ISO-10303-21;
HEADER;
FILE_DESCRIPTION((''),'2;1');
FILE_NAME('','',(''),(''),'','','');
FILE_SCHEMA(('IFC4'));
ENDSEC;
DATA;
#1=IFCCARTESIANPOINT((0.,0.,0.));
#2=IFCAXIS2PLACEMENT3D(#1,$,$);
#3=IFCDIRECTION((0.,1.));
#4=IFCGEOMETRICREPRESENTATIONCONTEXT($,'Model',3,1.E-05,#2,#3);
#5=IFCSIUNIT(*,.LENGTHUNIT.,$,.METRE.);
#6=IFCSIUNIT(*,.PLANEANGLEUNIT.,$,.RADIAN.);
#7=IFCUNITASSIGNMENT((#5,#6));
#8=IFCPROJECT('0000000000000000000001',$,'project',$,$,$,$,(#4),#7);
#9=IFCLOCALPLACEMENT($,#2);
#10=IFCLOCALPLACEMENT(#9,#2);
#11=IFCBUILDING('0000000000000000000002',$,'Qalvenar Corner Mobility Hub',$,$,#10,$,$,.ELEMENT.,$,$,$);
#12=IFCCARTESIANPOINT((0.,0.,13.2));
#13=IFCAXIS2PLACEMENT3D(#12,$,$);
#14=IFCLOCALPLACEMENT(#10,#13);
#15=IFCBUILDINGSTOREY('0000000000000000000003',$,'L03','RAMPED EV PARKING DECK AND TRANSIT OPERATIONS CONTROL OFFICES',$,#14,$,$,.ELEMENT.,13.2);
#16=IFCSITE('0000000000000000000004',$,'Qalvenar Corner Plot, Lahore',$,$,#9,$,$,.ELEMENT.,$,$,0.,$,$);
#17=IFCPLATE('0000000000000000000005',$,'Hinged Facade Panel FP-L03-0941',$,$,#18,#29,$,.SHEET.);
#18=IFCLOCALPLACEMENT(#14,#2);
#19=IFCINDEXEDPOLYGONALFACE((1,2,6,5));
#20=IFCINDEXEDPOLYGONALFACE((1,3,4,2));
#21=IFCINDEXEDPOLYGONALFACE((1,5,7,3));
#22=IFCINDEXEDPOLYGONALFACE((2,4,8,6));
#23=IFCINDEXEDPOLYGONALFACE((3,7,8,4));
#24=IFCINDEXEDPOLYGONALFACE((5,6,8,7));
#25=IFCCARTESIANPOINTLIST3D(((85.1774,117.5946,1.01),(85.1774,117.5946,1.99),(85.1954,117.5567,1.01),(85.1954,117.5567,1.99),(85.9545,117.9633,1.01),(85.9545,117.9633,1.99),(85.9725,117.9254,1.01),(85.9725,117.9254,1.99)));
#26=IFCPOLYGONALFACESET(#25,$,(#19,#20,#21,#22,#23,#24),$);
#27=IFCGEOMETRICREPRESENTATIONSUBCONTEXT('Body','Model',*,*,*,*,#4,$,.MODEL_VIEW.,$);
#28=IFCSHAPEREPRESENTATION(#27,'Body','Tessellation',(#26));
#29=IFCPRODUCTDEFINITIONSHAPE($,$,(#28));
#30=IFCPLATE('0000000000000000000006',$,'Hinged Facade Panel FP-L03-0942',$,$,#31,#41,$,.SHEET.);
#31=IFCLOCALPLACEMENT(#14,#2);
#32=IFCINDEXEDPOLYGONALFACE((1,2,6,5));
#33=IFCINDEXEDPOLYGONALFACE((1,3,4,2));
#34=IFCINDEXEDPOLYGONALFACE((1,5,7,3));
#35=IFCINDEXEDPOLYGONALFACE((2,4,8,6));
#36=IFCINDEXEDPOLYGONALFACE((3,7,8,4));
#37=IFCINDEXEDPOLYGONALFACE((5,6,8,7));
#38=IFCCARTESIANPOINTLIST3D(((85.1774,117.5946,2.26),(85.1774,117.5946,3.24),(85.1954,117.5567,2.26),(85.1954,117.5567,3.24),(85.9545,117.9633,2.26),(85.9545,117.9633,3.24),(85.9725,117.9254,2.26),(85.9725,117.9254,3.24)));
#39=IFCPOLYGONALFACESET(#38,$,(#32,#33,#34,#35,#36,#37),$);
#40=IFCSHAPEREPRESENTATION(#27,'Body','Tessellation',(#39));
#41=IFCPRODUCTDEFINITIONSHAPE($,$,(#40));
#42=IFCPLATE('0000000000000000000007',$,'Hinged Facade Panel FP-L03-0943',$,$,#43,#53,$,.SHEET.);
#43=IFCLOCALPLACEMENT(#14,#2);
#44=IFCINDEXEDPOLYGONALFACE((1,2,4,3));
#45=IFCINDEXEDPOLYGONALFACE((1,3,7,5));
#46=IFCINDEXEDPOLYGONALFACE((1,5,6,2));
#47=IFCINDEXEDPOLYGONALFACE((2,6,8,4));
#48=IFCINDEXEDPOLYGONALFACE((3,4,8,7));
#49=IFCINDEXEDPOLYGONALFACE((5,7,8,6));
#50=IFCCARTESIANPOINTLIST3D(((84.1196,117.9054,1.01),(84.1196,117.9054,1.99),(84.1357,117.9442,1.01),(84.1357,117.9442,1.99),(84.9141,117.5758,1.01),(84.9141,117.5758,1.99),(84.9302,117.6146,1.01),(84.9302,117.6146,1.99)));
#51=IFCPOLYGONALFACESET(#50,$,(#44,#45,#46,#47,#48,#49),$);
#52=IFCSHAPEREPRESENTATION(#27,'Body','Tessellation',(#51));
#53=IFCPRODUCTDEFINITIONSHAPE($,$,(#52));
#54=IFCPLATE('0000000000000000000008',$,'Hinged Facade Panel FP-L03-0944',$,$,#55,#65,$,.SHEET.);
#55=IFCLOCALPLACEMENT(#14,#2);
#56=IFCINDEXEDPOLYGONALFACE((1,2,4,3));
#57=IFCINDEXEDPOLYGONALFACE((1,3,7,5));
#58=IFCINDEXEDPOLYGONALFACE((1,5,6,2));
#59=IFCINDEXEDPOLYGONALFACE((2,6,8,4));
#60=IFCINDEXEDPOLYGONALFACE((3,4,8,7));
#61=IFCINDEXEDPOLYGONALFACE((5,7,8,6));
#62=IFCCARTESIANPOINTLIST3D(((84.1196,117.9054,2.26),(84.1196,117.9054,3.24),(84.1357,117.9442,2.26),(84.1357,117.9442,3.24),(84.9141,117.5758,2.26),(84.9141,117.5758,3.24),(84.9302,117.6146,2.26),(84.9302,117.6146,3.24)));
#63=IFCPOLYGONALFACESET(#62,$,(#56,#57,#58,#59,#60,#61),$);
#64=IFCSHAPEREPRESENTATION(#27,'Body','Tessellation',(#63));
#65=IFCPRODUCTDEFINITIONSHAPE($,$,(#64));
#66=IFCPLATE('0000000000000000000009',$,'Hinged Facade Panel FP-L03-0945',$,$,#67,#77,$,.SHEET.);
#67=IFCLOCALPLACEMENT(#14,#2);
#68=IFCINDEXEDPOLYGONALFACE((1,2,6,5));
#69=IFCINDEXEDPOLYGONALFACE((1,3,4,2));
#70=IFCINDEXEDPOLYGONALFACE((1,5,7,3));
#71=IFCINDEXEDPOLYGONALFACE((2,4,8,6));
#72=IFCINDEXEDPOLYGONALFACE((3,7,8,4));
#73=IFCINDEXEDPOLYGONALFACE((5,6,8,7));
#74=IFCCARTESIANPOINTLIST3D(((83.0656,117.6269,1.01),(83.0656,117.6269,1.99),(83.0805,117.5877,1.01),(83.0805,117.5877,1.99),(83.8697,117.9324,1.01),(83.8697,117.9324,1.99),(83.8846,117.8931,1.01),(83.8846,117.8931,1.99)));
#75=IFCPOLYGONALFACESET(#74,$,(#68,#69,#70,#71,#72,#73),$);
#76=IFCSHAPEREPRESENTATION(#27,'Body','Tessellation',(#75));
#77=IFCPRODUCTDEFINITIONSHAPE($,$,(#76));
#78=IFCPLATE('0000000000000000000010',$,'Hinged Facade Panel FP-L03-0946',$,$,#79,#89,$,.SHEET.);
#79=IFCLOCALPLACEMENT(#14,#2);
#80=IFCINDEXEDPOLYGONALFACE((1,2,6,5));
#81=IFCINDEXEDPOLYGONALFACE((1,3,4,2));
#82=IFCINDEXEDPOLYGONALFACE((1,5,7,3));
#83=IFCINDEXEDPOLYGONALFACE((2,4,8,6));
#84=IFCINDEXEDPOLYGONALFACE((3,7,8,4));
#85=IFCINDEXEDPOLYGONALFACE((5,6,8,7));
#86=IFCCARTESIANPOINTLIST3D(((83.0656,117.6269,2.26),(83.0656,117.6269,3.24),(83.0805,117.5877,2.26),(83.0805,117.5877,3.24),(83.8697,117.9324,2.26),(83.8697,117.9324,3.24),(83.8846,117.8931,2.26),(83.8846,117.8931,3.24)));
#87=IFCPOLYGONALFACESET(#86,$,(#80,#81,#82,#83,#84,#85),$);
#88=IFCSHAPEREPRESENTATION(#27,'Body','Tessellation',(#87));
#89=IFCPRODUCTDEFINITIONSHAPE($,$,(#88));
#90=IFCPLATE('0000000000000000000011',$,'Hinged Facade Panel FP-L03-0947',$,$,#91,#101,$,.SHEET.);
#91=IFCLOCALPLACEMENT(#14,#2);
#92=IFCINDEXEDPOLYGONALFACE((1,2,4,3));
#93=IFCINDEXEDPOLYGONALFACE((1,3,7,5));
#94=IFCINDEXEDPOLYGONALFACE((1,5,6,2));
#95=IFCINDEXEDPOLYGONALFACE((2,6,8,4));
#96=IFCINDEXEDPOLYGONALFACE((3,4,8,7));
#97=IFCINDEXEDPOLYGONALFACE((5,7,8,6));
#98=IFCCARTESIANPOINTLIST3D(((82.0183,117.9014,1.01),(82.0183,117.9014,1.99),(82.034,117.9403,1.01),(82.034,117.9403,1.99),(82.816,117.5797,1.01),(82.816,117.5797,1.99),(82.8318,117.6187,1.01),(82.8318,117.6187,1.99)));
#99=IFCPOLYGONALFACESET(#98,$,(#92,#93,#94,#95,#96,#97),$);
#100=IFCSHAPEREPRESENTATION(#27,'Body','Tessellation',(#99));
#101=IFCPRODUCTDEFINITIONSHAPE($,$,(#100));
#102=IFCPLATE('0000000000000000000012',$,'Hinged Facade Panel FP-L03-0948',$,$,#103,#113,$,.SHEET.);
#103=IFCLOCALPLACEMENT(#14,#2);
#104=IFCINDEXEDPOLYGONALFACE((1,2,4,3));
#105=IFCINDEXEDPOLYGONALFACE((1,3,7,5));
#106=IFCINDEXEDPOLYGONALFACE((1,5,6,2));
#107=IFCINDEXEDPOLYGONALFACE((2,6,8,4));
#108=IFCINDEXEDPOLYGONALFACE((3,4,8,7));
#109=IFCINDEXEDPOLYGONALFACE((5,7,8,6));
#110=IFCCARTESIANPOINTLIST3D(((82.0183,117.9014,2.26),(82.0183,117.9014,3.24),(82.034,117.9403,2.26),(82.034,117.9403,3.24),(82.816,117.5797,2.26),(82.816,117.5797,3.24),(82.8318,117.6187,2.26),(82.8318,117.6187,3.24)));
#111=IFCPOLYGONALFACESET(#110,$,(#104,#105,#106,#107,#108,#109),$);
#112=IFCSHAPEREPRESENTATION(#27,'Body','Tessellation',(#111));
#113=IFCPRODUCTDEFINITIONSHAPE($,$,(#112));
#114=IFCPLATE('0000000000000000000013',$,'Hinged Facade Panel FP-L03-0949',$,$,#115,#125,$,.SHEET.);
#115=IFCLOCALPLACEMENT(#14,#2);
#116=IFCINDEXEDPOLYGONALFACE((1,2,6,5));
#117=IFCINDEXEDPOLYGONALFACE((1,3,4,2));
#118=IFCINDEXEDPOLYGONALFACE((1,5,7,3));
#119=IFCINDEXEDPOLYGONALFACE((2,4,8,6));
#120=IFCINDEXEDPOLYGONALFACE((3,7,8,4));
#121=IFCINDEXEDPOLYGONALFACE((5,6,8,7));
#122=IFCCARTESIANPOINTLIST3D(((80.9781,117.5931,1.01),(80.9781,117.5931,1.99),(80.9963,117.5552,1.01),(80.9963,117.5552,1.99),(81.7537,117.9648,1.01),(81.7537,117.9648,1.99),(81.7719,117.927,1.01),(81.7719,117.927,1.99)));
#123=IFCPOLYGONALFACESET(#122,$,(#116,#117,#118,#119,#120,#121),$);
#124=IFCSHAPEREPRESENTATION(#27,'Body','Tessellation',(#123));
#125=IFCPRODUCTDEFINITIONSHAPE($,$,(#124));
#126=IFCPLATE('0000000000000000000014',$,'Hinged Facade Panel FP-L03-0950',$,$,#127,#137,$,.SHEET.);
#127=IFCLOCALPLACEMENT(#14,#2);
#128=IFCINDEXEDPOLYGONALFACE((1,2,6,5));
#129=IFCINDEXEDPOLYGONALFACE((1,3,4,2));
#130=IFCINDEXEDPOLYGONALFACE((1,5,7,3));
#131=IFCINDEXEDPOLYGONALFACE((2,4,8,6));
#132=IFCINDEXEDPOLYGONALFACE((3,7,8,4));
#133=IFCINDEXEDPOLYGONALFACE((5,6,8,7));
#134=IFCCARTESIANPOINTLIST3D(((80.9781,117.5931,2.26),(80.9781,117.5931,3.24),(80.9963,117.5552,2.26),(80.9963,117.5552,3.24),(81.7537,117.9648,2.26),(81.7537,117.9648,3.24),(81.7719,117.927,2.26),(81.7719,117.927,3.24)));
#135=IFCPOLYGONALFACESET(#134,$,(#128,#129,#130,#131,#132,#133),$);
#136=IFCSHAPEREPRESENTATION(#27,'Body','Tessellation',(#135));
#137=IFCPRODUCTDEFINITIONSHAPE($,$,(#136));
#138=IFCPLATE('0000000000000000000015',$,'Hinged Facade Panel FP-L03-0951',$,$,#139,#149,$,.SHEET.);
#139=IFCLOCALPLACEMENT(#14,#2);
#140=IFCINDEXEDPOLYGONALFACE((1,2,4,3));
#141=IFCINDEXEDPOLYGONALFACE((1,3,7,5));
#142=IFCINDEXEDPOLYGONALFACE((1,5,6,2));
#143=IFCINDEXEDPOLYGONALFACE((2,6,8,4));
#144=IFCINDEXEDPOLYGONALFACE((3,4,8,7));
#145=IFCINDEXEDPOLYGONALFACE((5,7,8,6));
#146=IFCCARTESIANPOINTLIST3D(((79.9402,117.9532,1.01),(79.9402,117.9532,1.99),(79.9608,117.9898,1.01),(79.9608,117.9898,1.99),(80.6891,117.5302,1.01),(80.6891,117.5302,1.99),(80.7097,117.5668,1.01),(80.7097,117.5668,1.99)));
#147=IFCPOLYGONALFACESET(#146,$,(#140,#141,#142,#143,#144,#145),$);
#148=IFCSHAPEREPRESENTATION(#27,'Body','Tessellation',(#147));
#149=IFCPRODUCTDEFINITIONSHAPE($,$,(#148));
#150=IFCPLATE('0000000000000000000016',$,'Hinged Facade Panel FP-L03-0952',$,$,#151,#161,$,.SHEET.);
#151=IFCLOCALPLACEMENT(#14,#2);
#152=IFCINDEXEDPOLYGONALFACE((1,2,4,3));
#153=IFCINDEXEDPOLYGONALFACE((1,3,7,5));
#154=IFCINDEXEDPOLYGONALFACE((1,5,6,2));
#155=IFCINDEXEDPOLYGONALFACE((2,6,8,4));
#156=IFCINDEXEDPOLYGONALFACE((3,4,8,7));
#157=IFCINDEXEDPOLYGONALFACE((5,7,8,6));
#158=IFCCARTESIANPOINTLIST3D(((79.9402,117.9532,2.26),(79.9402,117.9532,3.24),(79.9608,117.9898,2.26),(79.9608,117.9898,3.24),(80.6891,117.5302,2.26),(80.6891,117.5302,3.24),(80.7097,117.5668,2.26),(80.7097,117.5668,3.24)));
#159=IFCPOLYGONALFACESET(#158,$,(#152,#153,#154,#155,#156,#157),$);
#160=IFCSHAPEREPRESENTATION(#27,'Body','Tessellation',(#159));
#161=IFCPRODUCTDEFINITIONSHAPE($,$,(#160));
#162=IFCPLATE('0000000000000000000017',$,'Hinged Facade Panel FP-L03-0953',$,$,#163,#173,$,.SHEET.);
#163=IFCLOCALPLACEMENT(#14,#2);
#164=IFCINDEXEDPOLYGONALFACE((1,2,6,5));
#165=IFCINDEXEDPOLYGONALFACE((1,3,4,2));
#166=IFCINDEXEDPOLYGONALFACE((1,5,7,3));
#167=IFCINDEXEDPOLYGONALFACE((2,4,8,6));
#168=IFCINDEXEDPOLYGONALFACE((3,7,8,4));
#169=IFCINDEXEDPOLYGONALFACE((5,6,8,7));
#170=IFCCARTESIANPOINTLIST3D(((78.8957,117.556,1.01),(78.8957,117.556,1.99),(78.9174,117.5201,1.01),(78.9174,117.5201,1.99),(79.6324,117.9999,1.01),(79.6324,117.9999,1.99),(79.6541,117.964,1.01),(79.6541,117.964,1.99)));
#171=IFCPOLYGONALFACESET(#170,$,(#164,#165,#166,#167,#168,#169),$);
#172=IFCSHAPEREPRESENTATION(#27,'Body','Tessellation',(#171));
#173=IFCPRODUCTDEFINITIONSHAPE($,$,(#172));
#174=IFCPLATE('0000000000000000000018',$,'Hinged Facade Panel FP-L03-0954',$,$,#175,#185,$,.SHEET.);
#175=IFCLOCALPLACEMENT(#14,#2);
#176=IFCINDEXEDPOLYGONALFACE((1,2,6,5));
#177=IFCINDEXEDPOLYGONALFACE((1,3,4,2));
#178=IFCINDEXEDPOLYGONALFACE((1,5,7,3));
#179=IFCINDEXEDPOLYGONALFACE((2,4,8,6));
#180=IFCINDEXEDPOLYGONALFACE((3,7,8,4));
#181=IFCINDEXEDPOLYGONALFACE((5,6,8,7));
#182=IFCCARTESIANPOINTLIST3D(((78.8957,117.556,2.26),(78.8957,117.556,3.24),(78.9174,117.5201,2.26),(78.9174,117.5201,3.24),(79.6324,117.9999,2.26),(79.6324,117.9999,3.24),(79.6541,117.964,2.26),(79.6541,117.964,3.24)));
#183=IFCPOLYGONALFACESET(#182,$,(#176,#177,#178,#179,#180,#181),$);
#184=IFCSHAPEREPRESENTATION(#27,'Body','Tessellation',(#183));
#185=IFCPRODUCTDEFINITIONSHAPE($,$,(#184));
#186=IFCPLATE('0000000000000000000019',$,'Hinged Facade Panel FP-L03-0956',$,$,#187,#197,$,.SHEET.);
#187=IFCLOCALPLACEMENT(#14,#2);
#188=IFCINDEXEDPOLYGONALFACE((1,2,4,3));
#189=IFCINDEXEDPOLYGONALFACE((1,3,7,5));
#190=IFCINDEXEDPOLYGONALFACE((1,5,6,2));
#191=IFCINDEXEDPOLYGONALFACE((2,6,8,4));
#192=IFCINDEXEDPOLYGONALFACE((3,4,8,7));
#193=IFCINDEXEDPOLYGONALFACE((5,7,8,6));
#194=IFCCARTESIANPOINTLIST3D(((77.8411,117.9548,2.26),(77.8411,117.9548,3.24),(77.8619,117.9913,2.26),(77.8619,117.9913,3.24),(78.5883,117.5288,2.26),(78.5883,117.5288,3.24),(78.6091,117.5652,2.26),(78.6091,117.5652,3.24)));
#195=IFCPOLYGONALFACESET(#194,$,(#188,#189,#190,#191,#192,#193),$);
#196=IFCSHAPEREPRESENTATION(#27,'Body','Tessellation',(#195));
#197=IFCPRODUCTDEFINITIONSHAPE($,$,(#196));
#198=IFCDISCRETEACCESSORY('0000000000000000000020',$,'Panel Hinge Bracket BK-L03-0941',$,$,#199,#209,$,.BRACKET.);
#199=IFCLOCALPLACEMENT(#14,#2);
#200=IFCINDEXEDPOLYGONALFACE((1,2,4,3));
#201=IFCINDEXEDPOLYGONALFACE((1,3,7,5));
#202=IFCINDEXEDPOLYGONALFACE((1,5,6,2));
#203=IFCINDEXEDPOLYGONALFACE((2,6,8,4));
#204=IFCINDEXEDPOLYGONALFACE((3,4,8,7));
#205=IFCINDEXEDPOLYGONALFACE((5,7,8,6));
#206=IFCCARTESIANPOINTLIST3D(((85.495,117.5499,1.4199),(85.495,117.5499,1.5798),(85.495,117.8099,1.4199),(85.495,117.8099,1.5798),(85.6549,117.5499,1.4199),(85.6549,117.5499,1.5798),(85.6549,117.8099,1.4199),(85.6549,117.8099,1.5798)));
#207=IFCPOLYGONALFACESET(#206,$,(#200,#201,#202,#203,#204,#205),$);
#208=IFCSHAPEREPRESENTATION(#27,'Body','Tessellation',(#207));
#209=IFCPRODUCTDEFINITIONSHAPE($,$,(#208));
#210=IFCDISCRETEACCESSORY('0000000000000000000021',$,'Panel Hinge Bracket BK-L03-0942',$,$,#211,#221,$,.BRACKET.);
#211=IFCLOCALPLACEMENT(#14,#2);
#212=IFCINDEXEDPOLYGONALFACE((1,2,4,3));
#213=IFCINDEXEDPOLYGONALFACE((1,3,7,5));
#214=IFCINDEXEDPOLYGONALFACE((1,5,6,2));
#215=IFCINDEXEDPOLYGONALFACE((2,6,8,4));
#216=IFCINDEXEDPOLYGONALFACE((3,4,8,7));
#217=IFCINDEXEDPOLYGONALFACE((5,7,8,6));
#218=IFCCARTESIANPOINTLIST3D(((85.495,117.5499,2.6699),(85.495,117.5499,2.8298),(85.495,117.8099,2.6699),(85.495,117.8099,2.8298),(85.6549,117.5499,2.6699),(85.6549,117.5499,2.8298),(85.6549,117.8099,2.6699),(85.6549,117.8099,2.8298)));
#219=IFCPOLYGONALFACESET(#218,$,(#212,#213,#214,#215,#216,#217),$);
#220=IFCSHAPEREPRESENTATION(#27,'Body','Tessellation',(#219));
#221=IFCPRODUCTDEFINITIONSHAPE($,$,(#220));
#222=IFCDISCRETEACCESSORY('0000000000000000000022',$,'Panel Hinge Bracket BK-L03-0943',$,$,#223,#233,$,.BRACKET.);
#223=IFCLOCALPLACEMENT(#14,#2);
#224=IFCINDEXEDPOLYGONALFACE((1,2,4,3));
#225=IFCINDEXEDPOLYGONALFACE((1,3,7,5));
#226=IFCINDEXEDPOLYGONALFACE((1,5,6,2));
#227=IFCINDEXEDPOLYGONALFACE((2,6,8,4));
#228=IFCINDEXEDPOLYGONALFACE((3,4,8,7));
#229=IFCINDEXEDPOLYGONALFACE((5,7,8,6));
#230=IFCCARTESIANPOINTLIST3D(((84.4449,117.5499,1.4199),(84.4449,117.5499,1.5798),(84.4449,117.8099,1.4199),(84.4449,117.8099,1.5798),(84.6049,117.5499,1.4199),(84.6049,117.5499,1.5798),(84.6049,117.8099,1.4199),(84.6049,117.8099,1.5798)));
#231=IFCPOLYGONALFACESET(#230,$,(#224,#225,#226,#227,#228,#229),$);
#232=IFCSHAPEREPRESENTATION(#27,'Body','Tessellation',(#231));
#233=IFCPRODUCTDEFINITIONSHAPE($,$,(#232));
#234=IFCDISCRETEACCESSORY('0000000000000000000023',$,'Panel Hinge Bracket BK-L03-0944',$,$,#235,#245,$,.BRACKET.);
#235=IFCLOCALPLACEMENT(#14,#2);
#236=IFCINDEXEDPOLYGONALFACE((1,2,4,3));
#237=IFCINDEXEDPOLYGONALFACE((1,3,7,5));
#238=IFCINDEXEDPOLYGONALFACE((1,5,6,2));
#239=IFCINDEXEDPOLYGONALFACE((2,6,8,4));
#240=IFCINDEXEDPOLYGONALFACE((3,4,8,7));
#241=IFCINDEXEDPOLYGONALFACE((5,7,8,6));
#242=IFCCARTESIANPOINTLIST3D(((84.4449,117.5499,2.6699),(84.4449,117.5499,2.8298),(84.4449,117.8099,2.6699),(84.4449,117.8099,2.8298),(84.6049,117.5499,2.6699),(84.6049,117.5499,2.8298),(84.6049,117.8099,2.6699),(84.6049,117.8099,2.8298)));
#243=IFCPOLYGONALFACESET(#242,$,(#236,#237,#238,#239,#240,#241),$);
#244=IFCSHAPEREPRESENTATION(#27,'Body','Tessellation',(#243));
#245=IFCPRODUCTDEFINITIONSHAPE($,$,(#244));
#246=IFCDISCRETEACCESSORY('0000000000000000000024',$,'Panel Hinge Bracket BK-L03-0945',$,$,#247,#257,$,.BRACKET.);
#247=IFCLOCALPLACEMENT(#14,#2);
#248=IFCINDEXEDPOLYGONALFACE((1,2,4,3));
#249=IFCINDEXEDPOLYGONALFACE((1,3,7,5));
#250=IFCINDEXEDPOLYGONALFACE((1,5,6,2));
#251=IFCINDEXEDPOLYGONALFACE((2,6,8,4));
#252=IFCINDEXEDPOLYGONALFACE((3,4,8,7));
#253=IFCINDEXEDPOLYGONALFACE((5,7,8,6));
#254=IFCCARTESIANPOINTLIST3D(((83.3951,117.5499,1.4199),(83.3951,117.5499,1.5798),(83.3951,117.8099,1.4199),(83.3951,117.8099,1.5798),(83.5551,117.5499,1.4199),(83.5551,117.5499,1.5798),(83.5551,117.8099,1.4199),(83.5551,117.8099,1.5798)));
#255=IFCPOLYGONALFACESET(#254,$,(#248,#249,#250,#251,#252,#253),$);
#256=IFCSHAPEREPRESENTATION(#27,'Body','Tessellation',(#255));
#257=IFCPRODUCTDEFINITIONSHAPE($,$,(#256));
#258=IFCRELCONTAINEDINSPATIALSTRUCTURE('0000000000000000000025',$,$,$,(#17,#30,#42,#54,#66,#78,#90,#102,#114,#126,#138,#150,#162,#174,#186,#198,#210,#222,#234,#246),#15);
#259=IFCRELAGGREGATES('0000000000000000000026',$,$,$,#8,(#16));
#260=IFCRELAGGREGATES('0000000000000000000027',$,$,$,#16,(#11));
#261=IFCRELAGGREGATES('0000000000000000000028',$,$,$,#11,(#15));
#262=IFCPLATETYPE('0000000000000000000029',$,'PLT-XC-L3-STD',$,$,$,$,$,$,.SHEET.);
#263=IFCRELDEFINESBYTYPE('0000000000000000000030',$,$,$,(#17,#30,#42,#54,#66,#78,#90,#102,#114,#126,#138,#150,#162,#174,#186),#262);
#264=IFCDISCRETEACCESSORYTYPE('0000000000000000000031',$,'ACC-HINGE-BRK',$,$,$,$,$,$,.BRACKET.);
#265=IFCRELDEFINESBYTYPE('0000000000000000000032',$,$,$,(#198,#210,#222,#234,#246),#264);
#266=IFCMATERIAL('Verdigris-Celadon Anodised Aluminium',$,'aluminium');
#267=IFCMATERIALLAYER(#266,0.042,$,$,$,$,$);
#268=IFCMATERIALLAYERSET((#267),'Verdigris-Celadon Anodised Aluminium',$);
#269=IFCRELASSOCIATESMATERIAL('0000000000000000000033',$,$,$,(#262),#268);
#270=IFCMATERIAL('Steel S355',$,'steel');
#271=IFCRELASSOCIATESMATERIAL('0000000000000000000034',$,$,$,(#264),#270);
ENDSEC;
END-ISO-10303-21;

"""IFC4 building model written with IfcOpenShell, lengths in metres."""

from ifc_helpers import new_model, si_unit, direction, frame, origin, origin_2d, place, context, subcontext, project, spatial, rectangle, extrude, material, layer, layer_set, type_object, element, save


model = new_model("IFC4")

# Units and contexts
model_context = context("Model", 3, precision=1e-05, world=origin(), true_north=direction((0.0, 1.0)))
body_context = subcontext(model_context, "Body", "Model", "MODEL_VIEW")
ifc_project = project(units=[si_unit("LENGTHUNIT", "METRE"), si_unit("PLANEANGLEUNIT", "RADIAN")], contexts=[model_context])

# Site, building, storey
site_placement = place(None, origin())
site = spatial("IfcSite", under=ifc_project, at=site_placement, Name="Qalvenar Corner Plot, Lahore", CompositionType="ELEMENT", RefElevation=0.0)
building_placement = place(site_placement, origin())
building = spatial("IfcBuilding", under=site, at=building_placement, Name="Qalvenar Corner Mobility Hub", CompositionType="ELEMENT")
storey_placement = place(building_placement, frame((0.0, 0.0, 13.2)))
storey = spatial("IfcBuildingStorey", under=building, at=storey_placement, Name="L03", Description="RAMPED EV PARKING DECK AND TRANSIT OPERATIONS CONTROL OFFICES", CompositionType="ELEMENT", Elevation=13.2)

# Plates
ifc_material_1 = material(Name="Verdigris-Celadon Anodised Aluminium", Category="aluminium")
ifc_layer = layer(ifc_material_1, 0.042)
ifc_layer_set = layer_set([ifc_layer], Name="Verdigris-Celadon Anodised Aluminium")
plate_type = type_object("IfcPlateType", Name="PLT-XC-L3-STD", PredefinedType="SHEET", material=ifc_layer_set)
for number, where, z_axis, x_axis, name in (
    (1, (85.575, 117.76, 1.01), (0.0, 0.0, 1.0), (-0.903485, -0.42862, 0.0), "Hinged Facade Panel FP-L03-0941"),
    (2, (85.575, 117.76, 2.26), (0.0, 0.0, 1.0), (-0.903485, -0.42862, 0.0), "Hinged Facade Panel FP-L03-0942"),
    (3, (84.5249, 117.76, 1.01), (0.0, 0.0, 1.0), (-0.923679, 0.383167, 0.0), "Hinged Facade Panel FP-L03-0943"),
    (4, (84.5249, 117.76, 2.26), (0.0, 0.0, 1.0), (-0.923679, 0.383167, 0.0), "Hinged Facade Panel FP-L03-0944"),
    (5, (83.4751, 117.76, 1.01), (0.0, 0.0, 1.0), (-0.934826, -0.355107, 0.0), "Hinged Facade Panel FP-L03-0945"),
    (6, (83.4751, 117.76, 2.26), (0.0, 0.0, 1.0), (-0.934826, -0.355107, 0.0), "Hinged Facade Panel FP-L03-0946"),
    (7, (82.425, 117.76, 1.01), (0.0, 0.0, 1.0), (-0.927445, 0.373959, 0.0), "Hinged Facade Panel FP-L03-0947"),
    (8, (82.425, 117.76, 2.26), (0.0, 0.0, 1.0), (-0.927445, 0.373959, 0.0), "Hinged Facade Panel FP-L03-0948"),
    (9, (81.375, 117.76, 1.01), (0.0, 0.0, 1.0), (-0.901757, -0.432243, 0.0), "Hinged Facade Panel FP-L03-0949"),
    (10, (81.375, 117.76, 2.26), (0.0, 0.0, 1.0), (-0.901757, -0.432243, 0.0), "Hinged Facade Panel FP-L03-0950"),
    (11, (80.325, 117.76, 1.01), (0.0, 0.0, 1.0), (-0.870699, 0.491816, 0.0), "Hinged Facade Panel FP-L03-0951"),
    (12, (80.325, 117.76, 2.26), (0.0, 0.0, 1.0), (-0.870699, 0.491816, 0.0), "Hinged Facade Panel FP-L03-0952"),
    (13, (79.2749, 117.76, 1.01), (0.0, 0.0, 1.0), (-0.856537, -0.516085, 0.0), "Hinged Facade Panel FP-L03-0953"),
    (14, (79.2749, 117.76, 2.26), (0.0, 0.0, 1.0), (-0.856537, -0.516085, 0.0), "Hinged Facade Panel FP-L03-0954"),
    (15, (78.2251, 117.76, 2.26), (0.0, 0.0, 1.0), (-0.868718, 0.495307, 0.0), "Hinged Facade Panel FP-L03-0956"),
):
    element("IfcPlate", number, at=place(storey_placement, frame(where, z_axis=z_axis, x_axis=x_axis)), inside=storey, type_object=plate_type, Name=name, PredefinedType="SHEET", context=body_context, shape_type="SweptSolid", body=[
        extrude(rectangle(XDim=0.8601, YDim=0.042, at=origin_2d()), origin(), (0.0, 0.0, 1.0), 0.98),
    ])

# Discrete accessories
ifc_material_2 = material(Name="Steel S355", Category="steel")
discrete_accessory_type = type_object("IfcDiscreteAccessoryType", Name="ACC-HINGE-BRK", PredefinedType="BRACKET", material=ifc_material_2)
for number, where, z_axis, x_axis, name in (
    (16, (85.575, 117.6799, 1.4199), (0.0, 0.0, 1.0), (-1.0, 0.0, 0.0), "Panel Hinge Bracket BK-L03-0941"),
    (17, (85.575, 117.6799, 2.6699), (0.0, 0.0, 1.0), (-1.0, 0.0, 0.0), "Panel Hinge Bracket BK-L03-0942"),
    (18, (84.5249, 117.6799, 1.4199), (0.0, 0.0, 1.0), (-1.0, 0.0, 0.0), "Panel Hinge Bracket BK-L03-0943"),
    (19, (84.5249, 117.6799, 2.6699), (0.0, 0.0, 1.0), (-1.0, 0.0, 0.0), "Panel Hinge Bracket BK-L03-0944"),
    (20, (83.4751, 117.6799, 1.4199), (0.0, 0.0, 1.0), (-1.0, 0.0, 0.0), "Panel Hinge Bracket BK-L03-0945"),
):
    element("IfcDiscreteAccessory", number, at=place(storey_placement, frame(where, z_axis=z_axis, x_axis=x_axis)), inside=storey, type_object=discrete_accessory_type, Name=name, PredefinedType="BRACKET", context=body_context, shape_type="SweptSolid", body=[
        extrude(rectangle(XDim=0.1599, YDim=0.26, at=origin_2d()), origin(), (0.0, 0.0, 1.0), 0.1599),
    ])

save(model, "model.ifc")
